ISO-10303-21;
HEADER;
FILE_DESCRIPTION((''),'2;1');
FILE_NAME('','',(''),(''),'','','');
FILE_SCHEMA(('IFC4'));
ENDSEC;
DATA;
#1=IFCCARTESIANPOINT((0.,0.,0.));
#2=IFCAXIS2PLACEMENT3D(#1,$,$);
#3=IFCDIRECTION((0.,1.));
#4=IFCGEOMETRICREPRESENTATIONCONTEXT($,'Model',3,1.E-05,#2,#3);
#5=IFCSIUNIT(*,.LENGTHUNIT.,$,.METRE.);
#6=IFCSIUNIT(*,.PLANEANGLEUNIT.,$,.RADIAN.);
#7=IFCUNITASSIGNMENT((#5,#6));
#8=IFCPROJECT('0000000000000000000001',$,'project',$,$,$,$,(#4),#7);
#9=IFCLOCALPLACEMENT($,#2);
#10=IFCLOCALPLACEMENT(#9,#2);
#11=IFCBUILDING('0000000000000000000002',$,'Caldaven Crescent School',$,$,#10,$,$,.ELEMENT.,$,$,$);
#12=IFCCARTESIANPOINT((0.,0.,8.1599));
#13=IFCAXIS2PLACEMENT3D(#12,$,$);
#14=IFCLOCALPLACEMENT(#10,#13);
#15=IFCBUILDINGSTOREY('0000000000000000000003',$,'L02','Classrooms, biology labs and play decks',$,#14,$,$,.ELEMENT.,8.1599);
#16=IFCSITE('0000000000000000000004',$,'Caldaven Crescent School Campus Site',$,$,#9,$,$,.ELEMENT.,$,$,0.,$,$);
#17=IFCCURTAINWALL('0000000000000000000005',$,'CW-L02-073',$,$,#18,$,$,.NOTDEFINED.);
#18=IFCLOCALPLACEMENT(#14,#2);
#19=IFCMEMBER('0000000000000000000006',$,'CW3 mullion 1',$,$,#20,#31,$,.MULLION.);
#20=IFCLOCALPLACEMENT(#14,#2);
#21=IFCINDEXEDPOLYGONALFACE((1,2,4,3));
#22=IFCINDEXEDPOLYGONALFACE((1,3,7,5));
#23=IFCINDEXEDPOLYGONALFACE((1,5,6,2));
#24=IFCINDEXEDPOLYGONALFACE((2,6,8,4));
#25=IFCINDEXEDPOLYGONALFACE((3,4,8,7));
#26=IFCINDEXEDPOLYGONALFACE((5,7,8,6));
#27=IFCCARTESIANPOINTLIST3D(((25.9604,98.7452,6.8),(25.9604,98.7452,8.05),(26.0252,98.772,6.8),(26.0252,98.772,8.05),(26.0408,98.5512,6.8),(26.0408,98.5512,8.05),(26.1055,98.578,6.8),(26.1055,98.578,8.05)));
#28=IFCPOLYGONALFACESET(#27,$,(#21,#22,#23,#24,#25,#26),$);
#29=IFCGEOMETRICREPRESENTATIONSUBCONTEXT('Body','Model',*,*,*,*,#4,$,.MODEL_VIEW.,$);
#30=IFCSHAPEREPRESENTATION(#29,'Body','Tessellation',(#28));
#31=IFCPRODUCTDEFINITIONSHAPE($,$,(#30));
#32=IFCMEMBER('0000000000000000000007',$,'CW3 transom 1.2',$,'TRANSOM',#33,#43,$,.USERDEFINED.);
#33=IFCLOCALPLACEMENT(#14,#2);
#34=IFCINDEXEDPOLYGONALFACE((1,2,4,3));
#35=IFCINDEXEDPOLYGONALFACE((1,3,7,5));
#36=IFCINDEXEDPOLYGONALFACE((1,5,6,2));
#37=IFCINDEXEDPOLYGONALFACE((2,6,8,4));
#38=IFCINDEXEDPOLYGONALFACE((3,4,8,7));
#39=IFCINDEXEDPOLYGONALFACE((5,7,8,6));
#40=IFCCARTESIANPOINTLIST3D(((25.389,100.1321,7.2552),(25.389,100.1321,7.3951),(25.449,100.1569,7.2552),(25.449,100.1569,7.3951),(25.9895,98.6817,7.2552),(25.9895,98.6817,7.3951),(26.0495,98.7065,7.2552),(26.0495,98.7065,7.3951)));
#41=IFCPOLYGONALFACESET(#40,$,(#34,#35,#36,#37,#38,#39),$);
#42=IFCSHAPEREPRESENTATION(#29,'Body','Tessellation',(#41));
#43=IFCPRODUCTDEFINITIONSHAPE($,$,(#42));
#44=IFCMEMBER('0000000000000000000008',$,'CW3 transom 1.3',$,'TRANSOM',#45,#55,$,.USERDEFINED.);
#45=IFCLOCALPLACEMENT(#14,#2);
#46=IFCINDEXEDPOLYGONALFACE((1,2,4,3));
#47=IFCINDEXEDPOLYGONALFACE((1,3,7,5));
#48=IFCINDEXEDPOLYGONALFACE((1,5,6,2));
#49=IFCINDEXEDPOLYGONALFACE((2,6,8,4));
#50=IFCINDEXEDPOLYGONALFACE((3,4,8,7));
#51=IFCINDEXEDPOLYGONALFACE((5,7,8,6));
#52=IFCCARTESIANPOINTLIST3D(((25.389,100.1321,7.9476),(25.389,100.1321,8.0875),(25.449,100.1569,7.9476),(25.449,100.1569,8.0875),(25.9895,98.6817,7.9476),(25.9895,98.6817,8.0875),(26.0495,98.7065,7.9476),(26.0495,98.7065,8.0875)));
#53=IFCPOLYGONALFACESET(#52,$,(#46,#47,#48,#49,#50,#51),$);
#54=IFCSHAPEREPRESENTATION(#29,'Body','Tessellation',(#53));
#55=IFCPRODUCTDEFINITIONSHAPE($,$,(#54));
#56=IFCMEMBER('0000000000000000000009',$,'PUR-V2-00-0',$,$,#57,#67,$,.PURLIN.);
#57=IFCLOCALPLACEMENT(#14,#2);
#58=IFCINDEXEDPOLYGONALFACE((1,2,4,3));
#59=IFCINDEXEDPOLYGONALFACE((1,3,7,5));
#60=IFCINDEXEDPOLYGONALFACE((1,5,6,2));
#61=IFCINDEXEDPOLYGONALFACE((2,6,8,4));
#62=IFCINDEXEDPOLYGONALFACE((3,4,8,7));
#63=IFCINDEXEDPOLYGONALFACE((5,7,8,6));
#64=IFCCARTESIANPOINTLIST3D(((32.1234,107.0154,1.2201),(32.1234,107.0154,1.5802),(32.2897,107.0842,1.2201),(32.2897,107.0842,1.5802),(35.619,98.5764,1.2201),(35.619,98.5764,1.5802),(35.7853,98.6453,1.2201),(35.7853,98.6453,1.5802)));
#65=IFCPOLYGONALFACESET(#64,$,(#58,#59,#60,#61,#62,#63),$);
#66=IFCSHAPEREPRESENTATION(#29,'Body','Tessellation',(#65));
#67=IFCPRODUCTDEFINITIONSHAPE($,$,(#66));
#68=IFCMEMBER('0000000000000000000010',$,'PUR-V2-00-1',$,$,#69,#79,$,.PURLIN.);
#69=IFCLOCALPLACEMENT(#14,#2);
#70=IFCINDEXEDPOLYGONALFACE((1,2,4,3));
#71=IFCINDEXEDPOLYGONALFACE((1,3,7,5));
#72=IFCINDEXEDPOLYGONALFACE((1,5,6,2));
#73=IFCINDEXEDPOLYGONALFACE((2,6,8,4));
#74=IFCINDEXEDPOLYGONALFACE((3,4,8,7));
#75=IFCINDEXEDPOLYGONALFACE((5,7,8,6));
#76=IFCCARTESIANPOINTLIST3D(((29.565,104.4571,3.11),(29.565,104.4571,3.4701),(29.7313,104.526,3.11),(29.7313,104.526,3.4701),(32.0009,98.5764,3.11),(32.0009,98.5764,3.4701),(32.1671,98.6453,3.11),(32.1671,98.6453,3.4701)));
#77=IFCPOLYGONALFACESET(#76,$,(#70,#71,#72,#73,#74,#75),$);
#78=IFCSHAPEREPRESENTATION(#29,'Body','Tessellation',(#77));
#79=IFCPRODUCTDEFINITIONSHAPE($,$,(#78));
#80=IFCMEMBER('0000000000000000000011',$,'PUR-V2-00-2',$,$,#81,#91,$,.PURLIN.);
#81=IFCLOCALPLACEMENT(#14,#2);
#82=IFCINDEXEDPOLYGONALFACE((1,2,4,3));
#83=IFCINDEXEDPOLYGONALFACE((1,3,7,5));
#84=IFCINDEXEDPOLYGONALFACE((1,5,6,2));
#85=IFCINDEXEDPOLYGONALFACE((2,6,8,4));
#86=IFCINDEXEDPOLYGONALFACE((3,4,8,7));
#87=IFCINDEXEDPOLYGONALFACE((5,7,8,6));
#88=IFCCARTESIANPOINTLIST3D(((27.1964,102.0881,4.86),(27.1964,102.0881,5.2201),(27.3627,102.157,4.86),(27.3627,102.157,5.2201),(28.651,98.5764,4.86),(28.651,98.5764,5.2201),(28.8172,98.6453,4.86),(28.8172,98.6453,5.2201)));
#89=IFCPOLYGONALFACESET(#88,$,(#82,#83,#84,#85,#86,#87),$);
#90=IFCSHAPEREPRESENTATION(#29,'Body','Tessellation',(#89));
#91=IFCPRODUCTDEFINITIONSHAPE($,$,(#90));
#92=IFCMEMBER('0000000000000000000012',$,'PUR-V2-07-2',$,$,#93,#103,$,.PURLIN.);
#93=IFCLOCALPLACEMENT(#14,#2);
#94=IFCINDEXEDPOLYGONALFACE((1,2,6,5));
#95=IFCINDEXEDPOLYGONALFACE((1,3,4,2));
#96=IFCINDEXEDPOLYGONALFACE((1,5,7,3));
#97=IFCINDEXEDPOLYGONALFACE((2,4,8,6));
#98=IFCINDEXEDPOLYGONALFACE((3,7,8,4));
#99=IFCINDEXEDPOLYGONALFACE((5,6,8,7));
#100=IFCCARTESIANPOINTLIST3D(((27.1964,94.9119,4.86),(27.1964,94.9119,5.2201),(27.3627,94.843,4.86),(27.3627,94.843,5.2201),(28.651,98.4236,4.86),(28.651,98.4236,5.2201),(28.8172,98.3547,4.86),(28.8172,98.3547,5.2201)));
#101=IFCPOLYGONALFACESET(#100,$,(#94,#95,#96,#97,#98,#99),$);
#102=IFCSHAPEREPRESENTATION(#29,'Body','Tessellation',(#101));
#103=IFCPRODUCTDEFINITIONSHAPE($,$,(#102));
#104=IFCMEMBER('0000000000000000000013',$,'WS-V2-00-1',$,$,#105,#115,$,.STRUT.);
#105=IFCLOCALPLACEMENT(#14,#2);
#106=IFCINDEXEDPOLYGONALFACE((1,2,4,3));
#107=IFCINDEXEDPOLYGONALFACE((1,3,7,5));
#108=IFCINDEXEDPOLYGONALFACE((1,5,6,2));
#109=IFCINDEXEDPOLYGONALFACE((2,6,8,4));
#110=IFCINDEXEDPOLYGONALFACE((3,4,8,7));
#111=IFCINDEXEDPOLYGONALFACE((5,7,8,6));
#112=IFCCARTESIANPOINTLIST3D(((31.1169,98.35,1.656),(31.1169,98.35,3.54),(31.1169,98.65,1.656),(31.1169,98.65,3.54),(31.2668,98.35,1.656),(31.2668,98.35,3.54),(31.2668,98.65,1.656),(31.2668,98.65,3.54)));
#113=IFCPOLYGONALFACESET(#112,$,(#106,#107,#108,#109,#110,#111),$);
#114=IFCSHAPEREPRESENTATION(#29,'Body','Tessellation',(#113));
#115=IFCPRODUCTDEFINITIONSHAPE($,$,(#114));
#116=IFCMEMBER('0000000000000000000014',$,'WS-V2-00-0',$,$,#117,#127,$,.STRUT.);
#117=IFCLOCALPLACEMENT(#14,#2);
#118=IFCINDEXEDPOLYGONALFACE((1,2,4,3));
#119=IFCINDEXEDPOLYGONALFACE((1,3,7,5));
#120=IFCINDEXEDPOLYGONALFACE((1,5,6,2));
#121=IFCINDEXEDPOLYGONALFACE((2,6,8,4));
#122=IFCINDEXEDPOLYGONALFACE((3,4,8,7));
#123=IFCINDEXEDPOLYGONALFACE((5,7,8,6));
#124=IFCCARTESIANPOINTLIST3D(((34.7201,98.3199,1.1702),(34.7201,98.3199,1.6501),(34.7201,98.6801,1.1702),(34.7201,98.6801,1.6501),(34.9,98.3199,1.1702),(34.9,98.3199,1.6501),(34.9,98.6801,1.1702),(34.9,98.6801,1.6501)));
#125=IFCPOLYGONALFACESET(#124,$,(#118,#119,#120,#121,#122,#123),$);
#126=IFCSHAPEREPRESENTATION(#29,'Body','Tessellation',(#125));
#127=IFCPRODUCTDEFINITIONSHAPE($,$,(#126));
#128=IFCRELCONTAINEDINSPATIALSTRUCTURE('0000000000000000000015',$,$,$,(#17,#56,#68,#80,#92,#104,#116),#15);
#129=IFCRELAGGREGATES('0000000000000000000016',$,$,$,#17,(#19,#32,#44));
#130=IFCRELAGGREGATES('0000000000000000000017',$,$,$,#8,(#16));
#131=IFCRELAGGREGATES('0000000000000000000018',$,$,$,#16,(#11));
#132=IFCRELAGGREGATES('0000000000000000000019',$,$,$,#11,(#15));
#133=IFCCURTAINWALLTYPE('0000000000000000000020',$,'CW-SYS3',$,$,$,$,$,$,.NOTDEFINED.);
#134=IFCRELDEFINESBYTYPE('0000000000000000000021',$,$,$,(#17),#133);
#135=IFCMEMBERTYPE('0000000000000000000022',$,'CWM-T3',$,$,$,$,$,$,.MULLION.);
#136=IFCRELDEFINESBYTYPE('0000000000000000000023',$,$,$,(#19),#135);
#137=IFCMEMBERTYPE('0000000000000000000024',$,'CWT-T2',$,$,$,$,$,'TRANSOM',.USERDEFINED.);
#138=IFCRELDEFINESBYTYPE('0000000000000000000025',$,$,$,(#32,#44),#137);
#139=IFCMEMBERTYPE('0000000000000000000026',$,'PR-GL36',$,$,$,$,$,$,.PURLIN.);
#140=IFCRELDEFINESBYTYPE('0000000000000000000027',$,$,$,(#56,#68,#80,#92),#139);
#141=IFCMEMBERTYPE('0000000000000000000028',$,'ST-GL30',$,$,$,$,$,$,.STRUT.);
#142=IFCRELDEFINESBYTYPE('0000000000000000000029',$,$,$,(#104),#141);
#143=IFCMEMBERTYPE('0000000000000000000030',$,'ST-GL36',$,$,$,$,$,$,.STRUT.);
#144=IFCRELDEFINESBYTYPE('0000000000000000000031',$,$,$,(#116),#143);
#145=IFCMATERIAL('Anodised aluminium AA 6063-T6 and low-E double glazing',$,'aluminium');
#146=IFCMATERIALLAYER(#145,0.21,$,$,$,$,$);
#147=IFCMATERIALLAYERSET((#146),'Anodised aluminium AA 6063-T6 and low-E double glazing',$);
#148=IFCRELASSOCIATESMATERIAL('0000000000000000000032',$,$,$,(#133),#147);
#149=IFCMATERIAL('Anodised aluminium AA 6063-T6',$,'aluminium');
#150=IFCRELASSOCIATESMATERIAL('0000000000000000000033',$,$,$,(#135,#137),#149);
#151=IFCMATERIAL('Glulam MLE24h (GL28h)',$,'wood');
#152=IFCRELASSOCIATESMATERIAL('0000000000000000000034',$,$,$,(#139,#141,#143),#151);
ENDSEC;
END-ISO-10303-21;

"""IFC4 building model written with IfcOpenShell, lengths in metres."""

from ifc_helpers import new_model, si_unit, direction, frame, origin, origin_2d, place, context, subcontext, project, spatial, rectangle, extrude, material, layer, layer_set, material_profile, profile_set, type_object, element, aggregate, save


model = new_model("IFC4")

# Units and contexts
model_context = context("Model", 3, precision=1e-05, world=origin(), true_north=direction((0.0, 1.0)))
body_context = subcontext(model_context, "Body", "Model", "MODEL_VIEW")
ifc_project = project(units=[si_unit("LENGTHUNIT", "METRE"), si_unit("PLANEANGLEUNIT", "RADIAN")], contexts=[model_context])

# Site, building, storey
site_placement = place(None, origin())
site = spatial("IfcSite", under=ifc_project, at=site_placement, Name="Caldaven Crescent School Campus Site", CompositionType="ELEMENT", RefElevation=0.0)
building_placement = place(site_placement, origin())
building = spatial("IfcBuilding", under=site, at=building_placement, Name="Caldaven Crescent School", CompositionType="ELEMENT")
storey_placement = place(building_placement, frame((0.0, 0.0, 8.1599)))
storey = spatial("IfcBuildingStorey", under=building, at=storey_placement, Name="L02", Description="Classrooms, biology labs and play decks", CompositionType="ELEMENT", Elevation=8.1599)

# Shared definitions
ifc_material_1 = material(Name="Glulam MLE24h (GL28h)", Category="wood")

# Shared definitions
ifc_material_2 = material(Name="Anodised aluminium AA 6063-T6 and low-E double glazing", Category="aluminium")
ifc_material_3 = material(Name="Anodised aluminium AA 6063-T6", Category="aluminium")

# Curtain wall, members
ifc_layer_1 = layer(ifc_material_2, 0.21)
ifc_layer_set_1 = layer_set([ifc_layer_1], Name="Anodised aluminium AA 6063-T6 and low-E double glazing")
curtain_wall_type_1 = type_object("IfcCurtainWallType", Name="CW-SYS3", PredefinedType="NOTDEFINED", material=ifc_layer_set_1)
curtain_wall_1_placement = place(storey_placement, origin())
curtain_wall_1 = element("IfcCurtainWall", 1, at=curtain_wall_1_placement, inside=storey, type_object=curtain_wall_type_1, Name="CW-L02-073", PredefinedType="NOTDEFINED")
ifc_material_profile_1 = material_profile(ifc_material_3, rectangle(XDim=0.0701, YDim=0.21, at=origin_2d()), Name="CWM 70x210")
ifc_profile_set_1 = profile_set([ifc_material_profile_1], Name="Anodised aluminium AA 6063-T6")
member_type_1 = type_object("IfcMemberType", Name="CWM-T3", PredefinedType="MULLION", material=ifc_profile_set_1)
member_1_placement = place(storey_placement, frame((26.033, 98.6616, 6.8), z_axis=(0.0, 0.0, 1.0), x_axis=(-0.92388, -0.382683, 0.0)))
member_1 = element("IfcMember", 2, at=member_1_placement, type_object=member_type_1, Name="CW3 mullion 1", PredefinedType="MULLION", context=body_context, shape_type="SweptSolid", body=[
    extrude(rectangle(XDim=0.0701, YDim=0.21, at=origin_2d()), origin(), (0.0, 0.0, 1.0), 1.25),
])
ifc_material_profile_2 = material_profile(ifc_material_3, rectangle(XDim=0.0649, YDim=0.1399, at=origin_2d()), Name="CWT 65x140")
ifc_profile_set_2 = profile_set([ifc_material_profile_2], Name="Anodised aluminium AA 6063-T6")
member_type_2 = type_object("IfcMemberType", Name="CWT-T2", ElementType="TRANSOM", PredefinedType="USERDEFINED", material=ifc_profile_set_2)
member_2_placement = place(storey_placement, frame((26.0195, 98.6941, 7.3252), z_axis=(-0.382572, 0.923926, 0.0), x_axis=(-0.923926, -0.382572, 0.0)))
member_2 = element("IfcMember", 3, at=member_2_placement, type_object=member_type_2, Name="CW3 transom 1.2", ObjectType="TRANSOM", PredefinedType="USERDEFINED", context=body_context, shape_type="SweptSolid", body=[
    extrude(rectangle(XDim=0.0649, YDim=0.1399, at=origin_2d()), origin(), (0.0, 0.0, 1.0), 1.5698),
])
member_3_placement = place(storey_placement, frame((26.0195, 98.6941, 8.0176), z_axis=(-0.382572, 0.923926, 0.0), x_axis=(-0.923926, -0.382572, 0.0)))
member_3 = element("IfcMember", 4, at=member_3_placement, type_object=member_type_2, Name="CW3 transom 1.3", ObjectType="TRANSOM", PredefinedType="USERDEFINED", context=body_context, shape_type="SweptSolid", body=[
    extrude(rectangle(XDim=0.0649, YDim=0.1399, at=origin_2d()), origin(), (0.0, 0.0, 1.0), 1.5698),
])
aggregate(curtain_wall_1, [member_1, member_2, member_3])

# Members
ifc_material_profile_3 = material_profile(ifc_material_1, rectangle(XDim=0.1799, YDim=0.3601, at=origin_2d()), Name="MLE 180x360")
ifc_profile_set_3 = profile_set([ifc_material_profile_3], Name="Glulam MLE24h (GL28h)")
member_type_3 = type_object("IfcMemberType", Name="PR-GL36", PredefinedType="PURLIN", material=ifc_profile_set_3)
member_4_placement = place(storey_placement, frame((35.7021, 98.6108, 1.4001), z_axis=(-0.38269, 0.923877, 0.0), x_axis=(-0.923877, -0.38269, 0.0)))
element("IfcMember", 5, at=member_4_placement, inside=storey, type_object=member_type_3, Name="PUR-V2-00-0", PredefinedType="PURLIN", context=body_context, shape_type="SweptSolid", body=[
    extrude(rectangle(XDim=0.1799, YDim=0.3601, at=origin_2d()), origin(), (0.0, 0.0, 1.0), 9.1343),
])
member_5_placement = place(storey_placement, frame((32.084, 98.6108, 3.29), z_axis=(-0.382678, 0.923882, 0.0), x_axis=(-0.923882, -0.382678, 0.0)))
element("IfcMember", 6, at=member_5_placement, inside=storey, type_object=member_type_3, Name="PUR-V2-00-1", PredefinedType="PURLIN", context=body_context, shape_type="SweptSolid", body=[
    extrude(rectangle(XDim=0.1799, YDim=0.3601, at=origin_2d()), origin(), (0.0, 0.0, 1.0), 6.3652),
])
for number, where, z_axis, x_axis, name in (
    (7, (28.7341, 98.6108, 5.04), (-0.382681, 0.923881, 0.0), (-0.923881, -0.382681, 0.0), "PUR-V2-00-2"),
    (8, (27.2795, 94.8774, 5.04), (0.382681, 0.923881, 0.0), (-0.923881, 0.382681, 0.0), "PUR-V2-07-2"),
):
    element("IfcMember", number, at=place(storey_placement, frame(where, z_axis=z_axis, x_axis=x_axis)), inside=storey, type_object=member_type_3, Name=name, PredefinedType="PURLIN", context=body_context, shape_type="SweptSolid", body=[
        extrude(rectangle(XDim=0.1799, YDim=0.3601, at=origin_2d()), origin(), (0.0, 0.0, 1.0), 3.801),
    ])
ifc_material_profile_4 = material_profile(ifc_material_1, rectangle(XDim=0.1499, YDim=0.3, at=origin_2d()), Name="MLE 150x300")
ifc_profile_set_4 = profile_set([ifc_material_profile_4], Name="Glulam MLE24h (GL28h)")
member_type_4 = type_object("IfcMemberType", Name="ST-GL30", PredefinedType="STRUT", material=ifc_profile_set_4)
member_6_placement = place(storey_placement, frame((31.1919, 98.5, 1.656), z_axis=(0.0, 0.0, 1.0), x_axis=(1.0, 0.0, 0.0)))
element("IfcMember", 9, at=member_6_placement, inside=storey, type_object=member_type_4, Name="WS-V2-00-1", PredefinedType="STRUT", context=body_context, shape_type="SweptSolid", body=[
    extrude(rectangle(XDim=0.1499, YDim=0.3, at=origin_2d()), origin(), (0.0, 0.0, 1.0), 1.884),
])
ifc_material_profile_5 = material_profile(ifc_material_1, rectangle(XDim=0.1799, YDim=0.3601, at=origin_2d()), Name="MLE 180x360")
ifc_profile_set_5 = profile_set([ifc_material_profile_5], Name="Glulam MLE24h (GL28h)")
member_type_5 = type_object("IfcMemberType", Name="ST-GL36", PredefinedType="STRUT", material=ifc_profile_set_5)
member_7_placement = place(storey_placement, frame((34.8101, 98.5, 1.1702), z_axis=(0.0, 0.0, 1.0), x_axis=(1.0, 0.0, 0.0)))
element("IfcMember", 10, at=member_7_placement, inside=storey, type_object=member_type_5, Name="WS-V2-00-0", PredefinedType="STRUT", context=body_context, shape_type="SweptSolid", body=[
    extrude(rectangle(XDim=0.1799, YDim=0.3601, at=origin_2d()), origin(), (0.0, 0.0, 1.0), 0.48),
])

save(model, "model.ifc")
